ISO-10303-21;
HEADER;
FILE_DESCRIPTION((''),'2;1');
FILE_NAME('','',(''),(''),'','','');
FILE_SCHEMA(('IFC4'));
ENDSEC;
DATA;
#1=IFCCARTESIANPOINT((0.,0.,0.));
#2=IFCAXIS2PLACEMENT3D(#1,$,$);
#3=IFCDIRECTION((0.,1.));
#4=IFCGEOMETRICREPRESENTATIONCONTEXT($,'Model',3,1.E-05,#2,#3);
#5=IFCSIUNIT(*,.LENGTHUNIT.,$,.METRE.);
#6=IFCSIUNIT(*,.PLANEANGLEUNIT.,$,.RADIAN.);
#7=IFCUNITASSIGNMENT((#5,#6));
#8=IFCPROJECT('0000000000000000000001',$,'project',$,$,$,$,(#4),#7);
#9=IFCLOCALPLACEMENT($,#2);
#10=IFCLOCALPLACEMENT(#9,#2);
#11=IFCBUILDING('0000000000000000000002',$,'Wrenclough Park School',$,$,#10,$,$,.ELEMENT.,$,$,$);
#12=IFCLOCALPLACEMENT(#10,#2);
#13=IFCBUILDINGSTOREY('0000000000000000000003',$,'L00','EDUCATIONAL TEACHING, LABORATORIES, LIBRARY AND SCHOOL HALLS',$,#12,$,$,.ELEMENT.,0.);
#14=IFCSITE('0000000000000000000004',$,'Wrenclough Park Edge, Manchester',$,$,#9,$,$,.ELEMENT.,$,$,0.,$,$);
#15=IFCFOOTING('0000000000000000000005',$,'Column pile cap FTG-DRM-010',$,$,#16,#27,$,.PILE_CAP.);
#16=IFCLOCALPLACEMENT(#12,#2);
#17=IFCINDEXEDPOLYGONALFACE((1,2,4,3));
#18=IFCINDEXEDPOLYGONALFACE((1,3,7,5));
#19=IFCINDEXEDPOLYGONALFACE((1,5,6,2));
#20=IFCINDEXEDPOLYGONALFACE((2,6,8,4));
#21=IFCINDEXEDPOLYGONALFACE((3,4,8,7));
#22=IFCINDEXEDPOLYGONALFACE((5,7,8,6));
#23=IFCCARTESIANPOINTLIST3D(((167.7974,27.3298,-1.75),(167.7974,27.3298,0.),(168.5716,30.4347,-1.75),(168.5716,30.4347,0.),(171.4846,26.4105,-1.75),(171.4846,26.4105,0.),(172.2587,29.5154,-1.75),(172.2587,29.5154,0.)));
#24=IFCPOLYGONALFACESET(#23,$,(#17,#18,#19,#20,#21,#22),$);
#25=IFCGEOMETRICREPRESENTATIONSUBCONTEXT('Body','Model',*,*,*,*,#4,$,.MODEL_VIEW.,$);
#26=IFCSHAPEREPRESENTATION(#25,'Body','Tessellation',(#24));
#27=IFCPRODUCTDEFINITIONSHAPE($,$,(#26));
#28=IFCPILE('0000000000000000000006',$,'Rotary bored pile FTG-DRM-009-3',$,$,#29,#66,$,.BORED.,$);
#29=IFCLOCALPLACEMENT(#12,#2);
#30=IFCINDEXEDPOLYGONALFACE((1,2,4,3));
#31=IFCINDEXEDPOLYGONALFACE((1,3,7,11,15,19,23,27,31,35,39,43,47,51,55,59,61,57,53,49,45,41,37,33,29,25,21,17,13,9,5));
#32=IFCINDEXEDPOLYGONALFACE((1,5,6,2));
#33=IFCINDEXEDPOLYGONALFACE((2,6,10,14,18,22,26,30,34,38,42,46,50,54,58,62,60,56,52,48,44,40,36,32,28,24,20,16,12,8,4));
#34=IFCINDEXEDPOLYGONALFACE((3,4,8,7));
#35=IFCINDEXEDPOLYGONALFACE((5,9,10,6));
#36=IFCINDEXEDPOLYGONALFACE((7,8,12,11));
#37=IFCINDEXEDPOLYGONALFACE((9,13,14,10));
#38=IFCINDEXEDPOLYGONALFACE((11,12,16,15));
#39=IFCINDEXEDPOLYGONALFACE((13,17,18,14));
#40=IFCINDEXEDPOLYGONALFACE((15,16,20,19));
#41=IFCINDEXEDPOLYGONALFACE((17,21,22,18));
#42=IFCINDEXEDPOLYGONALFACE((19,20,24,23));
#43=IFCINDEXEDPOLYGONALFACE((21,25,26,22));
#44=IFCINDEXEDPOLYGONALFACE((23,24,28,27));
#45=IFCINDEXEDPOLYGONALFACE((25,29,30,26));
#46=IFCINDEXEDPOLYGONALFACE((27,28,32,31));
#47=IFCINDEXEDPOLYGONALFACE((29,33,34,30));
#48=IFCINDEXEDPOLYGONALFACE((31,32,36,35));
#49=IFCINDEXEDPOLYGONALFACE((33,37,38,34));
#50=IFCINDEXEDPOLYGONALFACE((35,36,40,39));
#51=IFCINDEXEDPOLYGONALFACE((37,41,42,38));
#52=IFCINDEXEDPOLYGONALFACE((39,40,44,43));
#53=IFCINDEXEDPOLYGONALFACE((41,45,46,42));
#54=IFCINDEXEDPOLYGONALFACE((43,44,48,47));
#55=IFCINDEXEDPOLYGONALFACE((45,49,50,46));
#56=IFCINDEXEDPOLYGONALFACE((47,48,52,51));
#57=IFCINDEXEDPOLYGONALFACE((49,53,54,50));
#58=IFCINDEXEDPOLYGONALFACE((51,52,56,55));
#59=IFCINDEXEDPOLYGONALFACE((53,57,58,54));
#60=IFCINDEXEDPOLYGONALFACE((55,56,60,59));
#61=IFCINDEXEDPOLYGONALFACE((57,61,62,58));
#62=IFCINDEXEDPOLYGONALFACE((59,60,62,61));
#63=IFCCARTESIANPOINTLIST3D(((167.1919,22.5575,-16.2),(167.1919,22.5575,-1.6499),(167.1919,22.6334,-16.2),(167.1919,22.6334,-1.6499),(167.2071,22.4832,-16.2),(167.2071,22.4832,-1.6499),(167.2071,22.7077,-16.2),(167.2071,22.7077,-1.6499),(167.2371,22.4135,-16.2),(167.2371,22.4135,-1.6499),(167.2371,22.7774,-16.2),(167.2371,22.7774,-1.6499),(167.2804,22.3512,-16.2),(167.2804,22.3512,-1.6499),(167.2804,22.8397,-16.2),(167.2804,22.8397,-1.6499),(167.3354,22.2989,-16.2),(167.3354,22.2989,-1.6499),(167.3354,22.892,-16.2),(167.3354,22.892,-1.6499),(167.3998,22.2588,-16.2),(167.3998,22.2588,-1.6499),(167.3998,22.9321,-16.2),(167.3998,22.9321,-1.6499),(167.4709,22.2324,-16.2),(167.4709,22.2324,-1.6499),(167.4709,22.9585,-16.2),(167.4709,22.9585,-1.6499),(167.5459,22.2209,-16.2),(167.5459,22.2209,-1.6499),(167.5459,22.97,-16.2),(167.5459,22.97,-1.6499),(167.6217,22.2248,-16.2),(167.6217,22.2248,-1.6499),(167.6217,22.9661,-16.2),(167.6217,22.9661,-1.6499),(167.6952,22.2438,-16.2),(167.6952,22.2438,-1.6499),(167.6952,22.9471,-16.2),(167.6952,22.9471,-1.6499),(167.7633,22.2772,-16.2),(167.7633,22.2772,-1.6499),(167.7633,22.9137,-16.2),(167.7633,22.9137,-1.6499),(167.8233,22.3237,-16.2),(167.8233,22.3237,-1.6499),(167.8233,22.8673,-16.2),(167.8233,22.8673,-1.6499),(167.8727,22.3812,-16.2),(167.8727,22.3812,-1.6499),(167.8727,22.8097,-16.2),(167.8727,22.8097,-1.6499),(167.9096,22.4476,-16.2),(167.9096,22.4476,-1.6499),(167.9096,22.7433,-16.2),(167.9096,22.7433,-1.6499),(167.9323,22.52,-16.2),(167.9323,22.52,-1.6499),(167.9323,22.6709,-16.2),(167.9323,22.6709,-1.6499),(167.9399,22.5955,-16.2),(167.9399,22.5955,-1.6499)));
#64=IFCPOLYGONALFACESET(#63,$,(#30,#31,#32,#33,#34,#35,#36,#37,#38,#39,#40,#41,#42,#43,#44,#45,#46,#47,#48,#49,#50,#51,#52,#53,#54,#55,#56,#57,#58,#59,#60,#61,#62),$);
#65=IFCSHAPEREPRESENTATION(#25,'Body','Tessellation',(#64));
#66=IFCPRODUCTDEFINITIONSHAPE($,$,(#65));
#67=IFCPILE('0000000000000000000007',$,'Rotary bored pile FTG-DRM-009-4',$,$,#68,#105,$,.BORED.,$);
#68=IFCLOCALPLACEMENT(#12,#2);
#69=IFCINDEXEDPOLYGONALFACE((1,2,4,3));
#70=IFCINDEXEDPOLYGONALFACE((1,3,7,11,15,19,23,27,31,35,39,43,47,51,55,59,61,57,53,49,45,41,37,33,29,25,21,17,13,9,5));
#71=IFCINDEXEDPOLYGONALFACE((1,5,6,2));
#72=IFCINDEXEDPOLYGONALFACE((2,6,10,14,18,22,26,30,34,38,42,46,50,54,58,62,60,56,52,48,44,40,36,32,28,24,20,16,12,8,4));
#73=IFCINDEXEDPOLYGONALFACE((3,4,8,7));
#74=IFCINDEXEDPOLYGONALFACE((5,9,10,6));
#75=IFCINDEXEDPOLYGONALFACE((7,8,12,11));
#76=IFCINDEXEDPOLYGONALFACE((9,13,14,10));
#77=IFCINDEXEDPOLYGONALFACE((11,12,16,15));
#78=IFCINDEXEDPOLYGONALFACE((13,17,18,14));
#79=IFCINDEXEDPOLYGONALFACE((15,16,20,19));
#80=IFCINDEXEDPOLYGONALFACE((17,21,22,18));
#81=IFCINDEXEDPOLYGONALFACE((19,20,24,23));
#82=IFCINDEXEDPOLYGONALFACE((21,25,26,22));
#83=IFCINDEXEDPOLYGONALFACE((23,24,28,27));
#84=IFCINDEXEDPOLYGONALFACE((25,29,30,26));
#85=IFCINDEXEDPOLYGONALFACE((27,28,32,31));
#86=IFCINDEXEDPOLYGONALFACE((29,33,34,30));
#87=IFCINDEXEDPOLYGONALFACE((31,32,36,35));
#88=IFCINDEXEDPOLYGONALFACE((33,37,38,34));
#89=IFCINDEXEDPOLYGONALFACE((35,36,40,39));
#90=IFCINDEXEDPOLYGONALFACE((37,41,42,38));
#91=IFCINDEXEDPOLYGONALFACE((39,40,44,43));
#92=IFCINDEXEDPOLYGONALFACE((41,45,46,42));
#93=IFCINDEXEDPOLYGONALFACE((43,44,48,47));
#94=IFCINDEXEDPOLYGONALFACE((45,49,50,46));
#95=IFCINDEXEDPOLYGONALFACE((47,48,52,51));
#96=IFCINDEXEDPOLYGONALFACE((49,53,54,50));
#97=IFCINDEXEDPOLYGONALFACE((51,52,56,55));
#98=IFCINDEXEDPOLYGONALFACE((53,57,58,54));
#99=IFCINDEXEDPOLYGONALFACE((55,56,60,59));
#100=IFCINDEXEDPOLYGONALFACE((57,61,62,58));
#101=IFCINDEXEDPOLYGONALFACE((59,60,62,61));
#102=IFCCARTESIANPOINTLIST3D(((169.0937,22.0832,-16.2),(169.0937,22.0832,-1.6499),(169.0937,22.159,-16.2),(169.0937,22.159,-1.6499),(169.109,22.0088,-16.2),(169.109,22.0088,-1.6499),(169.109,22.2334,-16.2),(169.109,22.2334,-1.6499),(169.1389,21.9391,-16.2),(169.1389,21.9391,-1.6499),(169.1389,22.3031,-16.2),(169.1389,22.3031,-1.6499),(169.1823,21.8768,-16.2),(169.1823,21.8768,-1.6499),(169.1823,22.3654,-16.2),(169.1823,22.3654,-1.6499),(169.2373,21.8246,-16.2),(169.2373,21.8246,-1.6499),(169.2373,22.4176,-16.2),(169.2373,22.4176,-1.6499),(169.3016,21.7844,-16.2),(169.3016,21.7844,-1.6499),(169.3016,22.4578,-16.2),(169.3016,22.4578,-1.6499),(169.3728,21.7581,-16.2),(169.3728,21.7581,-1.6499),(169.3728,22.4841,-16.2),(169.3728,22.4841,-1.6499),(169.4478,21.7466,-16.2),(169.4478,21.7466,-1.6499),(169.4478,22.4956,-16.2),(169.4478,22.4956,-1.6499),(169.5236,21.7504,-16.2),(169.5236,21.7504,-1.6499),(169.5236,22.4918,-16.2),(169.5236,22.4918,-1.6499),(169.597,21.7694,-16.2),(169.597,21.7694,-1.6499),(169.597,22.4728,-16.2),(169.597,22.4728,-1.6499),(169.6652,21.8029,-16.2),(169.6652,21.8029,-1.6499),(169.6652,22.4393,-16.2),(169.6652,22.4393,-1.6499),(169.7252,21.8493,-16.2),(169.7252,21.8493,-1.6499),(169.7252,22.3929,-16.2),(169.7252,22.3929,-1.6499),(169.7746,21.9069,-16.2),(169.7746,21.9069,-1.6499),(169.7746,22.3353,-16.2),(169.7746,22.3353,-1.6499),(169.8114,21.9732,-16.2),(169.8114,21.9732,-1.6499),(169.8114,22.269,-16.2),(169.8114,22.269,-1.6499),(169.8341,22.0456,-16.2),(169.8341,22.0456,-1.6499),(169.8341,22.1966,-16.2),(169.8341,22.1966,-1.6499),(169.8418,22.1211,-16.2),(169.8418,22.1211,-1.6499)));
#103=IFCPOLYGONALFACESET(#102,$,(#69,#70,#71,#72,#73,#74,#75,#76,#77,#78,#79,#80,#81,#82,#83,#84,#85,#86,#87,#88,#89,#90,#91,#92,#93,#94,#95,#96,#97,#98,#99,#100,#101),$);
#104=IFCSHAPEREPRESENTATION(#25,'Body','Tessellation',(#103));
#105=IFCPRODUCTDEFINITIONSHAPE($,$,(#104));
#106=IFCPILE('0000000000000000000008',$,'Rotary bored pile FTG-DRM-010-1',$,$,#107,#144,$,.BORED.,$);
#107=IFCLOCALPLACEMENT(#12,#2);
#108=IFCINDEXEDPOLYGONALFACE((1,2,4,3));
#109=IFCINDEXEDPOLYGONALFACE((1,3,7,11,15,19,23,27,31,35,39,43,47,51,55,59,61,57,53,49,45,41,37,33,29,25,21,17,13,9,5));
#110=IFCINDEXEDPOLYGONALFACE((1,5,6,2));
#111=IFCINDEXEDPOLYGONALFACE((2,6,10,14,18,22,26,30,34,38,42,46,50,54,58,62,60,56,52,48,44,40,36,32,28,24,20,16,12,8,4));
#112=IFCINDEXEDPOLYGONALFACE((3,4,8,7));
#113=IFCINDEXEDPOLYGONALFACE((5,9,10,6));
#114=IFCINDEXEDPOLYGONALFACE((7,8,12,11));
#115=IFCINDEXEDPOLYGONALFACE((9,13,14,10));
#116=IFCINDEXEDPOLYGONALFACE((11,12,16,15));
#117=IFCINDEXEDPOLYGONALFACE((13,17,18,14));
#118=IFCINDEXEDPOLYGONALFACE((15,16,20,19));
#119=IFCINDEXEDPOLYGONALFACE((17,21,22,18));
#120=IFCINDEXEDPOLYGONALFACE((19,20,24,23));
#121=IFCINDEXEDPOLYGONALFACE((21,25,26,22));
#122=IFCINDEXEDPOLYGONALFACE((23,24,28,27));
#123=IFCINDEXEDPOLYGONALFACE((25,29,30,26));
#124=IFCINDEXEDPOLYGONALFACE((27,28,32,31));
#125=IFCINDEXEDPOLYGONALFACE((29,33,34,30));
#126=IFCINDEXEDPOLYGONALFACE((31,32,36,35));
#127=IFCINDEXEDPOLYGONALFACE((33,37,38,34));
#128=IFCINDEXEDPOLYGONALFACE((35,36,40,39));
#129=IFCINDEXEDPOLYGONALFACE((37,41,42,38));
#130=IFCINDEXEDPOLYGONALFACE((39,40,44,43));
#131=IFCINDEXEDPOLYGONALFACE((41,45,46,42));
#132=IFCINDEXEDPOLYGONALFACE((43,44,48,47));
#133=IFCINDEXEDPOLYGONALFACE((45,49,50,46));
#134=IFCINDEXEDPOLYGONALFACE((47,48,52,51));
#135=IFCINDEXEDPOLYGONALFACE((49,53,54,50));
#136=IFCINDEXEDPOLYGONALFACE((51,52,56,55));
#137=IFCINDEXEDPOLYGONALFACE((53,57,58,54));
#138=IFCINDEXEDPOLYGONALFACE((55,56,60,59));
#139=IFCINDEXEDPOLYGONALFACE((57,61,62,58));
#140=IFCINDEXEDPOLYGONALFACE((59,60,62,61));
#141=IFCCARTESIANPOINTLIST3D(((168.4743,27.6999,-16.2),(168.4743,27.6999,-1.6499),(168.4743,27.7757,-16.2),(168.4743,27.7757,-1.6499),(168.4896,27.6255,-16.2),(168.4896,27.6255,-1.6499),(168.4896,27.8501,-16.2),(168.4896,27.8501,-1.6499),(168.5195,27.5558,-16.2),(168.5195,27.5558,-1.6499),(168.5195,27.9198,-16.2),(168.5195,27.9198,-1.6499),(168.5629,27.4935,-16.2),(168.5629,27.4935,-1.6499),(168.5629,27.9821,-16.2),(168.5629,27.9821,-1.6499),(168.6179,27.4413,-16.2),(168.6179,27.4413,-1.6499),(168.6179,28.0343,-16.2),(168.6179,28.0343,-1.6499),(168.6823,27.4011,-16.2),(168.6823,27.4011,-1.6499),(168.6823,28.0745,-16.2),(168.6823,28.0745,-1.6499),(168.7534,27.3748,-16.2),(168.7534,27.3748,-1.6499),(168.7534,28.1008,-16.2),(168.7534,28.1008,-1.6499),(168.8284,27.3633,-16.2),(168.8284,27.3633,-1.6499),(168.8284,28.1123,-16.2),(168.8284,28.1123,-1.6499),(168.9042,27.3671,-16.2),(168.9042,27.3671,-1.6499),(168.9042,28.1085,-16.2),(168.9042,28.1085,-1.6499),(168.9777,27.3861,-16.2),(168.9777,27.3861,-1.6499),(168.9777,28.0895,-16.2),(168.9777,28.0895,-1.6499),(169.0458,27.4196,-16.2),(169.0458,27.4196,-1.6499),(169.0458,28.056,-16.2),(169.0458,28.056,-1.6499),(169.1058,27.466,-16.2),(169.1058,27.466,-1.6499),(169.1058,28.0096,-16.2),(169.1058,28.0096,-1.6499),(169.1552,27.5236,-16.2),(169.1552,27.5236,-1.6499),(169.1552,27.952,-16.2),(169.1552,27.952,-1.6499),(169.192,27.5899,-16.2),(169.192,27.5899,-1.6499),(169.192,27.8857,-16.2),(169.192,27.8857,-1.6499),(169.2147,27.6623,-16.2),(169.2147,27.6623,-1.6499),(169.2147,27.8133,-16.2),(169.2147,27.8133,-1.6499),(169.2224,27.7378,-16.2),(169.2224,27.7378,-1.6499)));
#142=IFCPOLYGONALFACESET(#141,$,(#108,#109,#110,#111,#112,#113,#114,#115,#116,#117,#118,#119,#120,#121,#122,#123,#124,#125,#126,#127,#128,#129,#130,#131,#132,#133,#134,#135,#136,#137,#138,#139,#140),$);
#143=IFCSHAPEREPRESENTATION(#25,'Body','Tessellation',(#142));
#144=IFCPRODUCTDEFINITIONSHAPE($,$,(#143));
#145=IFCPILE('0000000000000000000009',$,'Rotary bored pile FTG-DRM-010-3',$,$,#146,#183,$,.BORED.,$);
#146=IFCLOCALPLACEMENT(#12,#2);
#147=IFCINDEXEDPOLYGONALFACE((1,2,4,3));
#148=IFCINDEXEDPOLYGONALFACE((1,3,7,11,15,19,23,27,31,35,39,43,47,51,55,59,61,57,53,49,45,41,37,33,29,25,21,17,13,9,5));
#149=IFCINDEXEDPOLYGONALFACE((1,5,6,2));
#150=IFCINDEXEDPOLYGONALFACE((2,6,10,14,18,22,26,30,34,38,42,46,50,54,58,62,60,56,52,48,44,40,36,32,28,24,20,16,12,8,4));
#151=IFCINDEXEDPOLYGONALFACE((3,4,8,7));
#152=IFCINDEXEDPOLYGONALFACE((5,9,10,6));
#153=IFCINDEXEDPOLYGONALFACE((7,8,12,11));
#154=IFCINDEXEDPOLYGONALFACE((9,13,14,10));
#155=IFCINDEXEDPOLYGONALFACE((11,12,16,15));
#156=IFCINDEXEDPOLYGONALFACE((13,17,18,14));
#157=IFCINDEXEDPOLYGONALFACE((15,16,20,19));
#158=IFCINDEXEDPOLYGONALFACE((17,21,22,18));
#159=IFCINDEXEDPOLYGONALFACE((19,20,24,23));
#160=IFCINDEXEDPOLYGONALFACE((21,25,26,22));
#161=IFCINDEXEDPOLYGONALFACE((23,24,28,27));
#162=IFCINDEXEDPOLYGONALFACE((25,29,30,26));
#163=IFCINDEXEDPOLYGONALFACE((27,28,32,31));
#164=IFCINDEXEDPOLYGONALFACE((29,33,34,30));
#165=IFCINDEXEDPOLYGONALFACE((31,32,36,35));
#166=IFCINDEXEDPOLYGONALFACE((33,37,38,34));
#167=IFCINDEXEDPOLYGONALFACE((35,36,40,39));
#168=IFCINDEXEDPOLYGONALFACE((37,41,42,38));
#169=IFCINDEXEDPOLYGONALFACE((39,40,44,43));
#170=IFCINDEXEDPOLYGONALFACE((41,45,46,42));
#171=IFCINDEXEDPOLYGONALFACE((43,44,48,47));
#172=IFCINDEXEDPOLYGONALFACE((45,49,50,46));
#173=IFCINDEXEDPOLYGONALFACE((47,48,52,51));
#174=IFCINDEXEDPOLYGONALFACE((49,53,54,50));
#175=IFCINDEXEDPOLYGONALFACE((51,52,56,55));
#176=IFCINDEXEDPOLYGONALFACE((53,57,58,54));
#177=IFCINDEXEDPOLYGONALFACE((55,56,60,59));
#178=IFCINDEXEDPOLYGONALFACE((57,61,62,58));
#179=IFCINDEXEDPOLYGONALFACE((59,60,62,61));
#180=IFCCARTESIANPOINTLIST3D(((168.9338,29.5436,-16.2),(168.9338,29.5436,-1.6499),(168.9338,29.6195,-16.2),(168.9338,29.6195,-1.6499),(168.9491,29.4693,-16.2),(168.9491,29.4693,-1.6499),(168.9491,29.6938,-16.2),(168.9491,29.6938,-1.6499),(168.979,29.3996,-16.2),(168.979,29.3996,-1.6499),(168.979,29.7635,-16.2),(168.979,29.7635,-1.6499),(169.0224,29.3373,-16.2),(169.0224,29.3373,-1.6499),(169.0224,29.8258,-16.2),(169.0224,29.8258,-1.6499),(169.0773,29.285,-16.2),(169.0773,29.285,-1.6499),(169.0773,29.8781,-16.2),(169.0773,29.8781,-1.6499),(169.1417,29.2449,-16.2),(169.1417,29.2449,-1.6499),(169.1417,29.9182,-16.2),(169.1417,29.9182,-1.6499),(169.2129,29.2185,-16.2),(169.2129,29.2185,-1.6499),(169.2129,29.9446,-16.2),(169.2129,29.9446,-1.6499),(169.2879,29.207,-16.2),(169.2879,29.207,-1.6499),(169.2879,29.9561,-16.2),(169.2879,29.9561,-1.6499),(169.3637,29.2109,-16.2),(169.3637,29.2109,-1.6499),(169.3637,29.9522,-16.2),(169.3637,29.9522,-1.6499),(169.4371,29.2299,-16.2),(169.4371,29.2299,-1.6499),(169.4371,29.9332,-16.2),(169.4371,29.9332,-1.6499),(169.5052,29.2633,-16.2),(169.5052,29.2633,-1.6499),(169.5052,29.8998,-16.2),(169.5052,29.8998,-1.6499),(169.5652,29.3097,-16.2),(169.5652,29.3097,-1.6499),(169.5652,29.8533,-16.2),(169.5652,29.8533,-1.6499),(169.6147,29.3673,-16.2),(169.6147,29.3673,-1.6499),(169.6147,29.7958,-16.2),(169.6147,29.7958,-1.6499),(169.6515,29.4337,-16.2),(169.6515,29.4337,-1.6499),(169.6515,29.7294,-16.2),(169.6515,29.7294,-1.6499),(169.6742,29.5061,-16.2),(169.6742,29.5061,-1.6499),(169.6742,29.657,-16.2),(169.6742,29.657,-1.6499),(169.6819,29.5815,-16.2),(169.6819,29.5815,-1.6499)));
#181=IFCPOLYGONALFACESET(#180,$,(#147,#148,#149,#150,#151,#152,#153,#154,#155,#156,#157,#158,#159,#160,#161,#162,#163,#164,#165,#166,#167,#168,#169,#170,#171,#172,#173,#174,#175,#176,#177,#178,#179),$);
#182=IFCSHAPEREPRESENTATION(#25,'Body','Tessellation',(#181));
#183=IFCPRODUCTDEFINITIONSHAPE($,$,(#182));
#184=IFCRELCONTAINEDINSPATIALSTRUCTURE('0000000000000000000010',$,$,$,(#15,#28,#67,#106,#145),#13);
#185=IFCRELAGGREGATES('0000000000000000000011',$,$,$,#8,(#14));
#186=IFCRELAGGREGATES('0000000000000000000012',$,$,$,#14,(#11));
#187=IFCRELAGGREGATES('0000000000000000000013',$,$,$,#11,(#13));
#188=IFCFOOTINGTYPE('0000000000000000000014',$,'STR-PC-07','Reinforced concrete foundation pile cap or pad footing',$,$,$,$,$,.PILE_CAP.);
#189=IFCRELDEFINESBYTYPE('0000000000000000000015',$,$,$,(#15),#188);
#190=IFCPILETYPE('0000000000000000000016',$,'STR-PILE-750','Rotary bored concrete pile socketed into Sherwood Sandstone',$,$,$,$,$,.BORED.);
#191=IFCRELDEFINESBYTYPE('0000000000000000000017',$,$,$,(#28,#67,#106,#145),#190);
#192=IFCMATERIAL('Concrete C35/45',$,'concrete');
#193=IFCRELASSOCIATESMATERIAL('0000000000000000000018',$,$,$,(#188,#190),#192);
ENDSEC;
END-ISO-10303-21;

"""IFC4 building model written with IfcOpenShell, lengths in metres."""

from ifc_helpers import new_model, si_unit, direction, frame, origin, origin_2d, place, context, subcontext, project, spatial, rectangle, circle, extrude, material, material_profile, profile_set, type_object, element, save


model = new_model("IFC4")

# Units and contexts
model_context = context("Model", 3, precision=1e-05, world=origin(), true_north=direction((0.0, 1.0)))
body_context = subcontext(model_context, "Body", "Model", "MODEL_VIEW")
ifc_project = project(units=[si_unit("LENGTHUNIT", "METRE"), si_unit("PLANEANGLEUNIT", "RADIAN")], contexts=[model_context])

# Site, building, storey
site_placement = place(None, origin())
site = spatial("IfcSite", under=ifc_project, at=site_placement, Name="Wrenclough Park Edge, Manchester", CompositionType="ELEMENT", RefElevation=0.0)
building_placement = place(site_placement, origin())
building = spatial("IfcBuilding", under=site, at=building_placement, Name="Wrenclough Park School", CompositionType="ELEMENT")
storey_placement = place(building_placement, origin())
storey = spatial("IfcBuildingStorey", under=building, at=storey_placement, Name="L00", Description="EDUCATIONAL TEACHING, LABORATORIES, LIBRARY AND SCHOOL HALLS", CompositionType="ELEMENT", Elevation=0.0)

# Footing
ifc_material_1 = material(Name="Concrete C35/45", Category="concrete")
footing_type = type_object("IfcFootingType", Name="STR-PC-07", Description="Reinforced concrete foundation pile cap or pad footing", PredefinedType="PILE_CAP", material=ifc_material_1)
footing_placement = place(storey_placement, frame((170.0281, 28.4226, -1.75), z_axis=(0.0, 0.0, 1.0), x_axis=(0.970296, -0.241922, 0.0)))
element("IfcFooting", 1, at=footing_placement, inside=storey, type_object=footing_type, Name="Column pile cap FTG-DRM-010", PredefinedType="PILE_CAP", context=body_context, shape_type="SweptSolid", body=[
    extrude(rectangle(XDim=3.8, YDim=3.2, at=origin_2d()), origin(), (0.0, 0.0, 1.0), 1.75),
])

# Piles
ifc_material_profile_1 = material_profile(ifc_material_1, circle(Radius=0.375, at=origin_2d()), Name="BORED PILE D750")
ifc_profile_set_1 = profile_set([ifc_material_profile_1], Name="Concrete C35/45")
pile_type = type_object("IfcPileType", Name="STR-PILE-750", Description="Rotary bored concrete pile socketed into Sherwood Sandstone", PredefinedType="BORED", material=ifc_profile_set_1)
for number, where, z_axis, x_axis, name in (
    (2, (167.5649, 22.5955, -1.6499), (0.0, 0.0, -1.0), (1.0, 0.0, 0.0), "Rotary bored pile FTG-DRM-009-3"),
    (3, (169.4668, 22.1211, -1.6499), (0.0, 0.0, -1.0), (1.0, 0.0, 0.0), "Rotary bored pile FTG-DRM-009-4"),
    (4, (168.8474, 27.7378, -1.6499), (0.0, 0.0, -1.0), (1.0, 0.0, 0.0), "Rotary bored pile FTG-DRM-010-1"),
    (5, (169.3069, 29.5815, -1.6499), (0.0, 0.0, -1.0), (1.0, 0.0, 0.0), "Rotary bored pile FTG-DRM-010-3"),
):
    element("IfcPile", number, at=place(storey_placement, frame(where, z_axis=z_axis, x_axis=x_axis)), inside=storey, type_object=pile_type, Name=name, PredefinedType="BORED", context=body_context, shape_type="SweptSolid", body=[
        extrude(circle(Radius=0.375, at=origin_2d()), origin(), (0.0, 0.0, 1.0), 14.55),
    ])

save(model, "model.ifc")
